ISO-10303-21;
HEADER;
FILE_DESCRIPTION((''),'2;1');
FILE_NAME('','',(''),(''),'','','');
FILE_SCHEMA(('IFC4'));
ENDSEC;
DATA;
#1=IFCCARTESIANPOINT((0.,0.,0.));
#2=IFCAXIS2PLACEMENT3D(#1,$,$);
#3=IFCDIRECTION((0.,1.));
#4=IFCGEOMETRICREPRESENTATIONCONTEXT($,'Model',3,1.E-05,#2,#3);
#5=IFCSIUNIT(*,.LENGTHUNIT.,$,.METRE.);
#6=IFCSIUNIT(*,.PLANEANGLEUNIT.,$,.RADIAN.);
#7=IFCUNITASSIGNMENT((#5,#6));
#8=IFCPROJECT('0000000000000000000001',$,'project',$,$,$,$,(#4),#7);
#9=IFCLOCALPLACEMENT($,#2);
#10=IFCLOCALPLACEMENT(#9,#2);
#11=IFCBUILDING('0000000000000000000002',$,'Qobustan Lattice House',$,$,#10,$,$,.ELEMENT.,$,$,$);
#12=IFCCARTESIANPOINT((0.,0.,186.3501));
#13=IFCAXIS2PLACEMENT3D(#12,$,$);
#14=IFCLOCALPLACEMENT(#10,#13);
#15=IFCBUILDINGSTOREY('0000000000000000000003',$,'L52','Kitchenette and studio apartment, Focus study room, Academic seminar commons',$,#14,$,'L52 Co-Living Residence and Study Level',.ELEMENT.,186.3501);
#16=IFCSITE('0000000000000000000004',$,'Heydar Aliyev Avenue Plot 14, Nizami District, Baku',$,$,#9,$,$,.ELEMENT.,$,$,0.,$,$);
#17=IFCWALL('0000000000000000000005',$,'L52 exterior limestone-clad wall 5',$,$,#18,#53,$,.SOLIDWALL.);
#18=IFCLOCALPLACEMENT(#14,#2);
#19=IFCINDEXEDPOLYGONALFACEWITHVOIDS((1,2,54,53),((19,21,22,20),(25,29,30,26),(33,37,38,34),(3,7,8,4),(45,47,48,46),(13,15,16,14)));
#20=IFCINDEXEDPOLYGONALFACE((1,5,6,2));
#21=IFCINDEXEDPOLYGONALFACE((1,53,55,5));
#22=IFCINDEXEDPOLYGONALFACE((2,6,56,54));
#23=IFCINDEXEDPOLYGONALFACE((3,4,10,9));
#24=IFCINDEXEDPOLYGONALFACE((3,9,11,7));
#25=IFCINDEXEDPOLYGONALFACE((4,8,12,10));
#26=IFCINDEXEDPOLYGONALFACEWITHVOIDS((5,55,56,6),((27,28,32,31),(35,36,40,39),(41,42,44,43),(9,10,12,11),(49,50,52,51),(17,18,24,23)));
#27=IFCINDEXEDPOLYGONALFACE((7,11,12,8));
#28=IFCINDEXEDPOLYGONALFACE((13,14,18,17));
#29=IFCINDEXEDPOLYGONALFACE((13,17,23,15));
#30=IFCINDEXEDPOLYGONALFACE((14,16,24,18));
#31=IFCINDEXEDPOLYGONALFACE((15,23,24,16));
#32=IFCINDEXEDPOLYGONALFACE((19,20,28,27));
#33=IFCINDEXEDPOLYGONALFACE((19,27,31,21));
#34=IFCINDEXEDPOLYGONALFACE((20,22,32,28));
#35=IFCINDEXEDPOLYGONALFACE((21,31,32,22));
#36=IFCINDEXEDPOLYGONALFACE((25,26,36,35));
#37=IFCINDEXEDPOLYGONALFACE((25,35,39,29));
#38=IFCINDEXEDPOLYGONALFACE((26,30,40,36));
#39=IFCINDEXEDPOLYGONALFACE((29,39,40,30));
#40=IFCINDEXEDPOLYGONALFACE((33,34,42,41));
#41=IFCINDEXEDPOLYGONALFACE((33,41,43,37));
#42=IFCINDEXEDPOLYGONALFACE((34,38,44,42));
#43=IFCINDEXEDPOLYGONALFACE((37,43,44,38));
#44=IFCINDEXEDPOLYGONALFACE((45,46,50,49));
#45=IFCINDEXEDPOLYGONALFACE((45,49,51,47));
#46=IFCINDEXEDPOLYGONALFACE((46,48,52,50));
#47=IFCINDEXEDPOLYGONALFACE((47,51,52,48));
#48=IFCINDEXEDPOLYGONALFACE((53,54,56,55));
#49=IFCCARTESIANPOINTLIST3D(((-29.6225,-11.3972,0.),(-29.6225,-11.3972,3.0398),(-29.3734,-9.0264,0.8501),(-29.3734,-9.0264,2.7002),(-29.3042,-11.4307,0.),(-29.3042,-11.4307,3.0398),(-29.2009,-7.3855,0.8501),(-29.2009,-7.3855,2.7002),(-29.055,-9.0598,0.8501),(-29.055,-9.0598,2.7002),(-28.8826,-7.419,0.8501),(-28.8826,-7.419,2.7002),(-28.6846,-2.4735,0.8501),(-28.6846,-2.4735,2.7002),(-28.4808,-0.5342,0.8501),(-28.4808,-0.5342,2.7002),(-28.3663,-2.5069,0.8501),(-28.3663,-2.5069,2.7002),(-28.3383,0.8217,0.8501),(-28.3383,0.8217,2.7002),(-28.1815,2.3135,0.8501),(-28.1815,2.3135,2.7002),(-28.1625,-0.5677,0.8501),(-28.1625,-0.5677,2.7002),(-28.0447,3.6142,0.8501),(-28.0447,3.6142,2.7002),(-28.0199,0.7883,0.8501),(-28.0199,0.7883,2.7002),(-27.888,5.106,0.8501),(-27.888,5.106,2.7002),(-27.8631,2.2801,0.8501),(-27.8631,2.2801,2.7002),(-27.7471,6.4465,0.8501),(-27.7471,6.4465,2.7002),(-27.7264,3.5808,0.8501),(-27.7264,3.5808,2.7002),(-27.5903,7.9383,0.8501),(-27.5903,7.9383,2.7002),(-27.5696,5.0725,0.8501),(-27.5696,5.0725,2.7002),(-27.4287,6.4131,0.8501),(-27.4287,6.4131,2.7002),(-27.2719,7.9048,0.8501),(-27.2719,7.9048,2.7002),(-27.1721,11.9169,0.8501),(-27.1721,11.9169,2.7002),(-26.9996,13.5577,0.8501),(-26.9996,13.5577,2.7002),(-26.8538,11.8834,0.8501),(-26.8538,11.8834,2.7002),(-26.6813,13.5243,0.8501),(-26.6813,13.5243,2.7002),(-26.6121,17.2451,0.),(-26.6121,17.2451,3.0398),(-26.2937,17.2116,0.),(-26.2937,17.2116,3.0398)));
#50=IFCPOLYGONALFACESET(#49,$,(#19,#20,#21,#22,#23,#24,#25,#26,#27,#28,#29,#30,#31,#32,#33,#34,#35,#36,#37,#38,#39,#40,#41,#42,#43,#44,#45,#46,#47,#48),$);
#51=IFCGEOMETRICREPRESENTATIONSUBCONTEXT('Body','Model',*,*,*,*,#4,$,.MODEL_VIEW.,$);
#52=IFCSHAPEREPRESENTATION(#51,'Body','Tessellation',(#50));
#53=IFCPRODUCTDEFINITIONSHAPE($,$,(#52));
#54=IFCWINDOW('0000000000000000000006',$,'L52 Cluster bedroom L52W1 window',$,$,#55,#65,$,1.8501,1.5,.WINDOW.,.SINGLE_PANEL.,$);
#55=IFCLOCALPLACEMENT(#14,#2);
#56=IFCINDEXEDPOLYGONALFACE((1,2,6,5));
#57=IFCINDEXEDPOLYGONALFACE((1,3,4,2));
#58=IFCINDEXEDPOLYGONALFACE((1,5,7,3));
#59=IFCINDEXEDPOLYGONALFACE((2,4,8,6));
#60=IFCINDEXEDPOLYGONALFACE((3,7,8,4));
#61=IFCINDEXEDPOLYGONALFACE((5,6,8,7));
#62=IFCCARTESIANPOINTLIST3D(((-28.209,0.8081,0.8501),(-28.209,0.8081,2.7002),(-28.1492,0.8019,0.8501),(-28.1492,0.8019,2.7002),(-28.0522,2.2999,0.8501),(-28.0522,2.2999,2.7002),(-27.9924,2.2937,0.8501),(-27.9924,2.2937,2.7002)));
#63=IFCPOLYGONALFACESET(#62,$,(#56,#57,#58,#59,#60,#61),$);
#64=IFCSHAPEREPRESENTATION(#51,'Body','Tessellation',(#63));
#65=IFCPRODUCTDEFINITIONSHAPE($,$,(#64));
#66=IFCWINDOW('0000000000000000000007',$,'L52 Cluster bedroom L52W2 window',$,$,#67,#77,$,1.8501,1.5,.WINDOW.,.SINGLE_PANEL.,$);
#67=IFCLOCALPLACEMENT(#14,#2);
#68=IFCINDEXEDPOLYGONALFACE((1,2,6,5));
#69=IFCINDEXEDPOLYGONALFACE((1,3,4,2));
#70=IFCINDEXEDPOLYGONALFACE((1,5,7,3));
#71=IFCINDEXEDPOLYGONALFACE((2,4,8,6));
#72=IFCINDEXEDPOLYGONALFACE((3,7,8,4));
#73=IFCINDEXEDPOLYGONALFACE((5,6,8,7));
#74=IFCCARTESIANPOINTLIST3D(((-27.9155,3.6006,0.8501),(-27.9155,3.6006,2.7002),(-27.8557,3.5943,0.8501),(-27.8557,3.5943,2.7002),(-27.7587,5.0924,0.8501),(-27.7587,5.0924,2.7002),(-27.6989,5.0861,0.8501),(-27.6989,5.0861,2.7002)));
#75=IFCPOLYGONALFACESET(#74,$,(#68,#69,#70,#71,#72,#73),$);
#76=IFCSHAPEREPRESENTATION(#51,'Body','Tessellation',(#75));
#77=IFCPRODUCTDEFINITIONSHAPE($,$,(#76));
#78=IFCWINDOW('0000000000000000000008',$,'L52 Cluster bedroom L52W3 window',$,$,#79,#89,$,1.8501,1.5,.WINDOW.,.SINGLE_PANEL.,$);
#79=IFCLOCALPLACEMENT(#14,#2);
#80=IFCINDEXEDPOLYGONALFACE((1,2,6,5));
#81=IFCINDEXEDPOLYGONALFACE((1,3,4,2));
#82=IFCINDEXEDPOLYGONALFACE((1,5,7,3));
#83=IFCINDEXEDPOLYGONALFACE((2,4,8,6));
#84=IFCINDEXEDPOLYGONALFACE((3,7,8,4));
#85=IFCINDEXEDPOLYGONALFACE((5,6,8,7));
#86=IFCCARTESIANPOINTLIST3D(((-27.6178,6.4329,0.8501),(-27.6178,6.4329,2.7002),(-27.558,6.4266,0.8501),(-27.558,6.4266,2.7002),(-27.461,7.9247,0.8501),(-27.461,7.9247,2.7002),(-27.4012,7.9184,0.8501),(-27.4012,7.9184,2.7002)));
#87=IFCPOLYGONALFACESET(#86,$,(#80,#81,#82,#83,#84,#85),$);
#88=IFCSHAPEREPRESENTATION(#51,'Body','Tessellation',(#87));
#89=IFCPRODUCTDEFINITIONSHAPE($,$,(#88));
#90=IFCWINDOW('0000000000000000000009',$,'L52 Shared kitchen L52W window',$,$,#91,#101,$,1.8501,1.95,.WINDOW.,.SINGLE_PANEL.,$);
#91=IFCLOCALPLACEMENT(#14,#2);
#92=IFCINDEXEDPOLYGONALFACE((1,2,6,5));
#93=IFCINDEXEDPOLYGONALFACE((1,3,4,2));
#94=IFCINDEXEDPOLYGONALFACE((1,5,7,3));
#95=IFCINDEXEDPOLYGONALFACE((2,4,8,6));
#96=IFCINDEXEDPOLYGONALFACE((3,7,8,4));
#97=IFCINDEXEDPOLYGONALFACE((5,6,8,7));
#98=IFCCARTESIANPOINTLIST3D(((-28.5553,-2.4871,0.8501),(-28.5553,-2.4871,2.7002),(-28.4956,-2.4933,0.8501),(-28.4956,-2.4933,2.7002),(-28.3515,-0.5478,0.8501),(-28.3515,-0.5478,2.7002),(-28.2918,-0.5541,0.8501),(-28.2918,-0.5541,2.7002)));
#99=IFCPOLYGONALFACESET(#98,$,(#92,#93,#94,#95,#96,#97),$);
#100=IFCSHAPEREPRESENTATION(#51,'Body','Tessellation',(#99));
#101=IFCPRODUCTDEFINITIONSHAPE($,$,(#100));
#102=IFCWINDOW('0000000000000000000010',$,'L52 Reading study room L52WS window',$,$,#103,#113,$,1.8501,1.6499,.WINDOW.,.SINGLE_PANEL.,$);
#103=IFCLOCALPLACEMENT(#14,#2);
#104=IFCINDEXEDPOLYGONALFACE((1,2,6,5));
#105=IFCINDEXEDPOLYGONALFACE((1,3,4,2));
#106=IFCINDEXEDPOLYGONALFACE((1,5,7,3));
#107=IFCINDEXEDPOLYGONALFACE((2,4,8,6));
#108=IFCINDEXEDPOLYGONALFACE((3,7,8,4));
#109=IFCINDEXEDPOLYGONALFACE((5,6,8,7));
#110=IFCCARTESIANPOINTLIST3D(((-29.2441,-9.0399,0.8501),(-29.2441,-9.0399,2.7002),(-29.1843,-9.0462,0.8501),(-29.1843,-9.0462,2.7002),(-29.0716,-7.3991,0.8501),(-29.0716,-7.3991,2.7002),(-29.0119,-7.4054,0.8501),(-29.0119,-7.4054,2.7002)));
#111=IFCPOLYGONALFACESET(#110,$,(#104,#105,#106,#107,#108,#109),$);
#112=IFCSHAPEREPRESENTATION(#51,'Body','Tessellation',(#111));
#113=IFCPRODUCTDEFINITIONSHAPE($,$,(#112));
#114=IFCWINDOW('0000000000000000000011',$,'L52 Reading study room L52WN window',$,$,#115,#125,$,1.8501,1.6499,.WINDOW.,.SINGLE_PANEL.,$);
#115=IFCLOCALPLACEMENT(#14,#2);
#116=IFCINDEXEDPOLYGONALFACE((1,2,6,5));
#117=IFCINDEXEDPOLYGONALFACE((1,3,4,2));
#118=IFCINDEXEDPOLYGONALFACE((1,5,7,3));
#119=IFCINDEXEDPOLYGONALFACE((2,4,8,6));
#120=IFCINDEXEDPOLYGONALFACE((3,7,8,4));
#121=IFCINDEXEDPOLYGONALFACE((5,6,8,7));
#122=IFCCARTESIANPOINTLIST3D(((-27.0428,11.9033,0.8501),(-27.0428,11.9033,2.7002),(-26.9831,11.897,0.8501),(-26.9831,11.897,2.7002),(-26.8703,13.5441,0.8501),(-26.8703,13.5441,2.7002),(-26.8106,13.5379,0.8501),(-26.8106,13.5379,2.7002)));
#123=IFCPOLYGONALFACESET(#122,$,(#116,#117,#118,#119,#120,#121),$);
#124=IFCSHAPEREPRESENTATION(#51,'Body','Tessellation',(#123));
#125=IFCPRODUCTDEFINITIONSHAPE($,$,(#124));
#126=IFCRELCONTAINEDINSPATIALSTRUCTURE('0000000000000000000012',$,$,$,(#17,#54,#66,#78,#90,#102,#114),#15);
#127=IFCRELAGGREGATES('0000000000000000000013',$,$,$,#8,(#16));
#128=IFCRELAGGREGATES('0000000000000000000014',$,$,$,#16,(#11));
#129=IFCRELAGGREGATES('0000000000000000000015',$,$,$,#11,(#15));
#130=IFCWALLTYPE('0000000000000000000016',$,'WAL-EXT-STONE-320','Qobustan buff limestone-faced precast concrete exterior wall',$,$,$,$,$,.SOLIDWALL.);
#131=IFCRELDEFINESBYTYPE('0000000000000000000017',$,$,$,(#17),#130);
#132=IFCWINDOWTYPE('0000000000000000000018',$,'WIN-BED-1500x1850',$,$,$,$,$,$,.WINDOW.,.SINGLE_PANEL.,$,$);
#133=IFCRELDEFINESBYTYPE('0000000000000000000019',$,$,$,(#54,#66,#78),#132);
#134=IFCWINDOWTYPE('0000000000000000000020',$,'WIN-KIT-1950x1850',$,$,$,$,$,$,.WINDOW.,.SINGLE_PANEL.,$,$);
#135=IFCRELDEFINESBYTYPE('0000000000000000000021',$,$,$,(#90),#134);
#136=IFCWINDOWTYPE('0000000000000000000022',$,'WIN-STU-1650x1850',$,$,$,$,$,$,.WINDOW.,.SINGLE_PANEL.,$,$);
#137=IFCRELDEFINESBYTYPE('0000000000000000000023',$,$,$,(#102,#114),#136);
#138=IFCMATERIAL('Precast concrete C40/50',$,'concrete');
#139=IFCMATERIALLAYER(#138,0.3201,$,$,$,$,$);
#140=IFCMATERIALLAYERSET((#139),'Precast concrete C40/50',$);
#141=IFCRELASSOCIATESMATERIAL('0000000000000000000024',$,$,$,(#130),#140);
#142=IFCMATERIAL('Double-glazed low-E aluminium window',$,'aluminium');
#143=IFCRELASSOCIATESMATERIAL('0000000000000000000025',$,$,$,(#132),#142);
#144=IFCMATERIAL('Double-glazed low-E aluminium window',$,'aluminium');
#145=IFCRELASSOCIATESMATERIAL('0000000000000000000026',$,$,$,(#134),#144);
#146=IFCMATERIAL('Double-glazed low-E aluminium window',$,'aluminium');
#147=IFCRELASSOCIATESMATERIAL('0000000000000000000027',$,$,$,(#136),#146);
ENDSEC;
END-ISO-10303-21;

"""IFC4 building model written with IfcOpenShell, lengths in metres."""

from ifc_helpers import new_model, si_unit, direction, frame, frame_2d, origin, place, context, subcontext, project, spatial, rectangle, extrude, material, layer, layer_set, type_object, element, fill, save


model = new_model("IFC4")

# Units and contexts
model_context = context("Model", 3, precision=1e-05, world=origin(), true_north=direction((0.0, 1.0)))
body_context = subcontext(model_context, "Body", "Model", "MODEL_VIEW")
ifc_project = project(units=[si_unit("LENGTHUNIT", "METRE"), si_unit("PLANEANGLEUNIT", "RADIAN")], contexts=[model_context])

# Site, building, storey
site_placement = place(None, origin())
site = spatial("IfcSite", under=ifc_project, at=site_placement, Name="Heydar Aliyev Avenue Plot 14, Nizami District, Baku", CompositionType="ELEMENT", RefElevation=0.0)
building_placement = place(site_placement, origin())
building = spatial("IfcBuilding", under=site, at=building_placement, Name="Qobustan Lattice House", CompositionType="ELEMENT")
storey_placement = place(building_placement, frame((0.0, 0.0, 186.3501)))
storey = spatial("IfcBuildingStorey", under=building, at=storey_placement, Name="L52", Description="Kitchenette and studio apartment, Focus study room, Academic seminar commons", LongName="L52 Co-Living Residence and Study Level", CompositionType="ELEMENT", Elevation=186.3501)

# Shared definitions
ifc_material_1 = material(Name="Precast concrete C40/50", Category="concrete")
ifc_layer_1 = layer(ifc_material_1, 0.3201)
ifc_layer_set_1 = layer_set([ifc_layer_1], Name="Precast concrete C40/50")
wall_type = type_object("IfcWallType", Name="WAL-EXT-STONE-320", Description="Qobustan buff limestone-faced precast concrete exterior wall", PredefinedType="SOLIDWALL", material=ifc_layer_set_1)

# Wall, openings, windows
wall_1_placement = place(storey_placement, frame((-29.4634, -11.4138, 0.0), z_axis=(0.0, 0.0, 1.0), x_axis=(0.104531, 0.994522, 0.0)))
wall_1 = element("IfcWall", 1, at=wall_1_placement, inside=storey, type_object=wall_type, Name="L52 exterior limestone-clad wall 5", PredefinedType="SOLIDWALL", context=body_context, shape_type="SweptSolid", body=[
    extrude(rectangle(XDim=28.8, YDim=0.3201, at=frame_2d((14.3999, 0.0))), origin(), (0.0, 0.0, 1.0), 3.0398),
])
opening_1_placement = place(wall_1_placement, frame((2.3838, 0.0, 0.8501)))
opening_1 = element("IfcOpeningElement", 2, at=opening_1_placement, cuts=wall_1, PredefinedType="OPENING", context=body_context, shape_type="SweptSolid", body=[
    extrude(rectangle(XDim=1.6499, YDim=1.8501, at=frame_2d((0.825, 0.925))), frame((0.0, 0.1699, 0.0), z_axis=(0.0, -1.0, 0.0), x_axis=(1.0, 0.0, 0.0)), (0.0, 0.0, 1.0), 0.3401),
])
opening_2_placement = place(wall_1_placement, frame((8.9727, 0.0, 0.8501)))
opening_2 = element("IfcOpeningElement", 3, at=opening_2_placement, cuts=wall_1, PredefinedType="OPENING", context=body_context, shape_type="SweptSolid", body=[
    extrude(rectangle(XDim=1.95, YDim=1.8501, at=frame_2d((0.9751, 0.925))), frame((0.0, 0.1699, 0.0), z_axis=(0.0, -1.0, 0.0), x_axis=(1.0, 0.0, 0.0)), (0.0, 0.0, 1.0), 0.3401),
])
opening_3_placement = place(wall_1_placement, frame((12.2861, 0.0, 0.8501)))
opening_3 = element("IfcOpeningElement", 4, at=opening_3_placement, cuts=wall_1, PredefinedType="OPENING", context=body_context, shape_type="SweptSolid", body=[
    extrude(rectangle(XDim=1.5, YDim=1.8501, at=frame_2d((0.75, 0.925))), frame((0.0, 0.1699, 0.0), z_axis=(0.0, -1.0, 0.0), x_axis=(1.0, 0.0, 0.0)), (0.0, 0.0, 1.0), 0.3401),
])
opening_4_placement = place(wall_1_placement, frame((15.094, 0.0, 0.8501)))
opening_4 = element("IfcOpeningElement", 5, at=opening_4_placement, cuts=wall_1, PredefinedType="OPENING", context=body_context, shape_type="SweptSolid", body=[
    extrude(rectangle(XDim=1.5, YDim=1.8501, at=frame_2d((0.75, 0.925))), frame((0.0, 0.1699, 0.0), z_axis=(0.0, -1.0, 0.0), x_axis=(1.0, 0.0, 0.0)), (0.0, 0.0, 1.0), 0.3401),
])
opening_5_placement = place(wall_1_placement, frame((17.9419, 0.0, 0.8501)))
opening_5 = element("IfcOpeningElement", 6, at=opening_5_placement, cuts=wall_1, PredefinedType="OPENING", context=body_context, shape_type="SweptSolid", body=[
    extrude(rectangle(XDim=1.5, YDim=1.8501, at=frame_2d((0.75, 0.925))), frame((0.0, 0.1699, 0.0), z_axis=(0.0, -1.0, 0.0), x_axis=(1.0, 0.0, 0.0)), (0.0, 0.0, 1.0), 0.3401),
])
opening_6_placement = place(wall_1_placement, frame((23.4424, 0.0, 0.8501)))
opening_6 = element("IfcOpeningElement", 7, at=opening_6_placement, cuts=wall_1, PredefinedType="OPENING", context=body_context, shape_type="SweptSolid", body=[
    extrude(rectangle(XDim=1.6499, YDim=1.8501, at=frame_2d((0.825, 0.925))), frame((0.0, 0.1699, 0.0), z_axis=(0.0, -1.0, 0.0), x_axis=(1.0, 0.0, 0.0)), (0.0, 0.0, 1.0), 0.3401),
])
ifc_material_2 = material(Name="Double-glazed low-E aluminium window", Category="aluminium")
window_type_1 = type_object("IfcWindowType", Name="WIN-BED-1500x1850", PartitioningType="SINGLE_PANEL", PredefinedType="WINDOW", material=ifc_material_2)
window_1_placement = place(opening_3_placement, origin())
window_1 = element("IfcWindow", 8, at=window_1_placement, inside=storey, type_object=window_type_1, Name="L52 Cluster bedroom L52W1 window", OverallHeight=1.8501, OverallWidth=1.5, PartitioningType="SINGLE_PANEL", PredefinedType="WINDOW", context=body_context, shape_type="SweptSolid", body=[
    extrude(rectangle(XDim=1.5, YDim=1.8501, at=frame_2d((0.75, 0.925))), frame((0.0, 0.03, 0.0), z_axis=(0.0, -1.0, 0.0), x_axis=(1.0, 0.0, 0.0)), (0.0, 0.0, 1.0), 0.0601),
])
fill(opening_3, window_1)
window_2_placement = place(opening_4_placement, origin())
window_2 = element("IfcWindow", 9, at=window_2_placement, inside=storey, type_object=window_type_1, Name="L52 Cluster bedroom L52W2 window", OverallHeight=1.8501, OverallWidth=1.5, PartitioningType="SINGLE_PANEL", PredefinedType="WINDOW", context=body_context, shape_type="SweptSolid", body=[
    extrude(rectangle(XDim=1.5, YDim=1.8501, at=frame_2d((0.75, 0.925))), frame((0.0, 0.03, 0.0), z_axis=(0.0, -1.0, 0.0), x_axis=(1.0, 0.0, 0.0)), (0.0, 0.0, 1.0), 0.0601),
])
fill(opening_4, window_2)
window_3_placement = place(opening_5_placement, origin())
window_3 = element("IfcWindow", 10, at=window_3_placement, inside=storey, type_object=window_type_1, Name="L52 Cluster bedroom L52W3 window", OverallHeight=1.8501, OverallWidth=1.5, PartitioningType="SINGLE_PANEL", PredefinedType="WINDOW", context=body_context, shape_type="SweptSolid", body=[
    extrude(rectangle(XDim=1.5, YDim=1.8501, at=frame_2d((0.75, 0.925))), frame((0.0, 0.03, 0.0), z_axis=(0.0, -1.0, 0.0), x_axis=(1.0, 0.0, 0.0)), (0.0, 0.0, 1.0), 0.0601),
])
fill(opening_5, window_3)
ifc_material_3 = material(Name="Double-glazed low-E aluminium window", Category="aluminium")
window_type_2 = type_object("IfcWindowType", Name="WIN-KIT-1950x1850", PartitioningType="SINGLE_PANEL", PredefinedType="WINDOW", material=ifc_material_3)
window_4_placement = place(opening_2_placement, origin())
window_4 = element("IfcWindow", 11, at=window_4_placement, inside=storey, type_object=window_type_2, Name="L52 Shared kitchen L52W window", OverallHeight=1.8501, OverallWidth=1.95, PartitioningType="SINGLE_PANEL", PredefinedType="WINDOW", context=body_context, shape_type="SweptSolid", body=[
    extrude(rectangle(XDim=1.95, YDim=1.8501, at=frame_2d((0.9751, 0.925))), frame((0.0, 0.03, 0.0), z_axis=(0.0, -1.0, 0.0), x_axis=(1.0, 0.0, 0.0)), (0.0, 0.0, 1.0), 0.0601),
])
fill(opening_2, window_4)
ifc_material_4 = material(Name="Double-glazed low-E aluminium window", Category="aluminium")
window_type_3 = type_object("IfcWindowType", Name="WIN-STU-1650x1850", PartitioningType="SINGLE_PANEL", PredefinedType="WINDOW", material=ifc_material_4)
window_5_placement = place(opening_1_placement, origin())
window_5 = element("IfcWindow", 12, at=window_5_placement, inside=storey, type_object=window_type_3, Name="L52 Reading study room L52WS window", OverallHeight=1.8501, OverallWidth=1.6499, PartitioningType="SINGLE_PANEL", PredefinedType="WINDOW", context=body_context, shape_type="SweptSolid", body=[
    extrude(rectangle(XDim=1.6499, YDim=1.8501, at=frame_2d((0.825, 0.925))), frame((0.0, 0.03, 0.0), z_axis=(0.0, -1.0, 0.0), x_axis=(1.0, 0.0, 0.0)), (0.0, 0.0, 1.0), 0.0601),
])
fill(opening_1, window_5)
window_6_placement = place(opening_6_placement, origin())
window_6 = element("IfcWindow", 13, at=window_6_placement, inside=storey, type_object=window_type_3, Name="L52 Reading study room L52WN window", OverallHeight=1.8501, OverallWidth=1.6499, PartitioningType="SINGLE_PANEL", PredefinedType="WINDOW", context=body_context, shape_type="SweptSolid", body=[
    extrude(rectangle(XDim=1.6499, YDim=1.8501, at=frame_2d((0.825, 0.925))), frame((0.0, 0.03, 0.0), z_axis=(0.0, -1.0, 0.0), x_axis=(1.0, 0.0, 0.0)), (0.0, 0.0, 1.0), 0.0601),
])
fill(opening_6, window_6)

save(model, "model.ifc")
